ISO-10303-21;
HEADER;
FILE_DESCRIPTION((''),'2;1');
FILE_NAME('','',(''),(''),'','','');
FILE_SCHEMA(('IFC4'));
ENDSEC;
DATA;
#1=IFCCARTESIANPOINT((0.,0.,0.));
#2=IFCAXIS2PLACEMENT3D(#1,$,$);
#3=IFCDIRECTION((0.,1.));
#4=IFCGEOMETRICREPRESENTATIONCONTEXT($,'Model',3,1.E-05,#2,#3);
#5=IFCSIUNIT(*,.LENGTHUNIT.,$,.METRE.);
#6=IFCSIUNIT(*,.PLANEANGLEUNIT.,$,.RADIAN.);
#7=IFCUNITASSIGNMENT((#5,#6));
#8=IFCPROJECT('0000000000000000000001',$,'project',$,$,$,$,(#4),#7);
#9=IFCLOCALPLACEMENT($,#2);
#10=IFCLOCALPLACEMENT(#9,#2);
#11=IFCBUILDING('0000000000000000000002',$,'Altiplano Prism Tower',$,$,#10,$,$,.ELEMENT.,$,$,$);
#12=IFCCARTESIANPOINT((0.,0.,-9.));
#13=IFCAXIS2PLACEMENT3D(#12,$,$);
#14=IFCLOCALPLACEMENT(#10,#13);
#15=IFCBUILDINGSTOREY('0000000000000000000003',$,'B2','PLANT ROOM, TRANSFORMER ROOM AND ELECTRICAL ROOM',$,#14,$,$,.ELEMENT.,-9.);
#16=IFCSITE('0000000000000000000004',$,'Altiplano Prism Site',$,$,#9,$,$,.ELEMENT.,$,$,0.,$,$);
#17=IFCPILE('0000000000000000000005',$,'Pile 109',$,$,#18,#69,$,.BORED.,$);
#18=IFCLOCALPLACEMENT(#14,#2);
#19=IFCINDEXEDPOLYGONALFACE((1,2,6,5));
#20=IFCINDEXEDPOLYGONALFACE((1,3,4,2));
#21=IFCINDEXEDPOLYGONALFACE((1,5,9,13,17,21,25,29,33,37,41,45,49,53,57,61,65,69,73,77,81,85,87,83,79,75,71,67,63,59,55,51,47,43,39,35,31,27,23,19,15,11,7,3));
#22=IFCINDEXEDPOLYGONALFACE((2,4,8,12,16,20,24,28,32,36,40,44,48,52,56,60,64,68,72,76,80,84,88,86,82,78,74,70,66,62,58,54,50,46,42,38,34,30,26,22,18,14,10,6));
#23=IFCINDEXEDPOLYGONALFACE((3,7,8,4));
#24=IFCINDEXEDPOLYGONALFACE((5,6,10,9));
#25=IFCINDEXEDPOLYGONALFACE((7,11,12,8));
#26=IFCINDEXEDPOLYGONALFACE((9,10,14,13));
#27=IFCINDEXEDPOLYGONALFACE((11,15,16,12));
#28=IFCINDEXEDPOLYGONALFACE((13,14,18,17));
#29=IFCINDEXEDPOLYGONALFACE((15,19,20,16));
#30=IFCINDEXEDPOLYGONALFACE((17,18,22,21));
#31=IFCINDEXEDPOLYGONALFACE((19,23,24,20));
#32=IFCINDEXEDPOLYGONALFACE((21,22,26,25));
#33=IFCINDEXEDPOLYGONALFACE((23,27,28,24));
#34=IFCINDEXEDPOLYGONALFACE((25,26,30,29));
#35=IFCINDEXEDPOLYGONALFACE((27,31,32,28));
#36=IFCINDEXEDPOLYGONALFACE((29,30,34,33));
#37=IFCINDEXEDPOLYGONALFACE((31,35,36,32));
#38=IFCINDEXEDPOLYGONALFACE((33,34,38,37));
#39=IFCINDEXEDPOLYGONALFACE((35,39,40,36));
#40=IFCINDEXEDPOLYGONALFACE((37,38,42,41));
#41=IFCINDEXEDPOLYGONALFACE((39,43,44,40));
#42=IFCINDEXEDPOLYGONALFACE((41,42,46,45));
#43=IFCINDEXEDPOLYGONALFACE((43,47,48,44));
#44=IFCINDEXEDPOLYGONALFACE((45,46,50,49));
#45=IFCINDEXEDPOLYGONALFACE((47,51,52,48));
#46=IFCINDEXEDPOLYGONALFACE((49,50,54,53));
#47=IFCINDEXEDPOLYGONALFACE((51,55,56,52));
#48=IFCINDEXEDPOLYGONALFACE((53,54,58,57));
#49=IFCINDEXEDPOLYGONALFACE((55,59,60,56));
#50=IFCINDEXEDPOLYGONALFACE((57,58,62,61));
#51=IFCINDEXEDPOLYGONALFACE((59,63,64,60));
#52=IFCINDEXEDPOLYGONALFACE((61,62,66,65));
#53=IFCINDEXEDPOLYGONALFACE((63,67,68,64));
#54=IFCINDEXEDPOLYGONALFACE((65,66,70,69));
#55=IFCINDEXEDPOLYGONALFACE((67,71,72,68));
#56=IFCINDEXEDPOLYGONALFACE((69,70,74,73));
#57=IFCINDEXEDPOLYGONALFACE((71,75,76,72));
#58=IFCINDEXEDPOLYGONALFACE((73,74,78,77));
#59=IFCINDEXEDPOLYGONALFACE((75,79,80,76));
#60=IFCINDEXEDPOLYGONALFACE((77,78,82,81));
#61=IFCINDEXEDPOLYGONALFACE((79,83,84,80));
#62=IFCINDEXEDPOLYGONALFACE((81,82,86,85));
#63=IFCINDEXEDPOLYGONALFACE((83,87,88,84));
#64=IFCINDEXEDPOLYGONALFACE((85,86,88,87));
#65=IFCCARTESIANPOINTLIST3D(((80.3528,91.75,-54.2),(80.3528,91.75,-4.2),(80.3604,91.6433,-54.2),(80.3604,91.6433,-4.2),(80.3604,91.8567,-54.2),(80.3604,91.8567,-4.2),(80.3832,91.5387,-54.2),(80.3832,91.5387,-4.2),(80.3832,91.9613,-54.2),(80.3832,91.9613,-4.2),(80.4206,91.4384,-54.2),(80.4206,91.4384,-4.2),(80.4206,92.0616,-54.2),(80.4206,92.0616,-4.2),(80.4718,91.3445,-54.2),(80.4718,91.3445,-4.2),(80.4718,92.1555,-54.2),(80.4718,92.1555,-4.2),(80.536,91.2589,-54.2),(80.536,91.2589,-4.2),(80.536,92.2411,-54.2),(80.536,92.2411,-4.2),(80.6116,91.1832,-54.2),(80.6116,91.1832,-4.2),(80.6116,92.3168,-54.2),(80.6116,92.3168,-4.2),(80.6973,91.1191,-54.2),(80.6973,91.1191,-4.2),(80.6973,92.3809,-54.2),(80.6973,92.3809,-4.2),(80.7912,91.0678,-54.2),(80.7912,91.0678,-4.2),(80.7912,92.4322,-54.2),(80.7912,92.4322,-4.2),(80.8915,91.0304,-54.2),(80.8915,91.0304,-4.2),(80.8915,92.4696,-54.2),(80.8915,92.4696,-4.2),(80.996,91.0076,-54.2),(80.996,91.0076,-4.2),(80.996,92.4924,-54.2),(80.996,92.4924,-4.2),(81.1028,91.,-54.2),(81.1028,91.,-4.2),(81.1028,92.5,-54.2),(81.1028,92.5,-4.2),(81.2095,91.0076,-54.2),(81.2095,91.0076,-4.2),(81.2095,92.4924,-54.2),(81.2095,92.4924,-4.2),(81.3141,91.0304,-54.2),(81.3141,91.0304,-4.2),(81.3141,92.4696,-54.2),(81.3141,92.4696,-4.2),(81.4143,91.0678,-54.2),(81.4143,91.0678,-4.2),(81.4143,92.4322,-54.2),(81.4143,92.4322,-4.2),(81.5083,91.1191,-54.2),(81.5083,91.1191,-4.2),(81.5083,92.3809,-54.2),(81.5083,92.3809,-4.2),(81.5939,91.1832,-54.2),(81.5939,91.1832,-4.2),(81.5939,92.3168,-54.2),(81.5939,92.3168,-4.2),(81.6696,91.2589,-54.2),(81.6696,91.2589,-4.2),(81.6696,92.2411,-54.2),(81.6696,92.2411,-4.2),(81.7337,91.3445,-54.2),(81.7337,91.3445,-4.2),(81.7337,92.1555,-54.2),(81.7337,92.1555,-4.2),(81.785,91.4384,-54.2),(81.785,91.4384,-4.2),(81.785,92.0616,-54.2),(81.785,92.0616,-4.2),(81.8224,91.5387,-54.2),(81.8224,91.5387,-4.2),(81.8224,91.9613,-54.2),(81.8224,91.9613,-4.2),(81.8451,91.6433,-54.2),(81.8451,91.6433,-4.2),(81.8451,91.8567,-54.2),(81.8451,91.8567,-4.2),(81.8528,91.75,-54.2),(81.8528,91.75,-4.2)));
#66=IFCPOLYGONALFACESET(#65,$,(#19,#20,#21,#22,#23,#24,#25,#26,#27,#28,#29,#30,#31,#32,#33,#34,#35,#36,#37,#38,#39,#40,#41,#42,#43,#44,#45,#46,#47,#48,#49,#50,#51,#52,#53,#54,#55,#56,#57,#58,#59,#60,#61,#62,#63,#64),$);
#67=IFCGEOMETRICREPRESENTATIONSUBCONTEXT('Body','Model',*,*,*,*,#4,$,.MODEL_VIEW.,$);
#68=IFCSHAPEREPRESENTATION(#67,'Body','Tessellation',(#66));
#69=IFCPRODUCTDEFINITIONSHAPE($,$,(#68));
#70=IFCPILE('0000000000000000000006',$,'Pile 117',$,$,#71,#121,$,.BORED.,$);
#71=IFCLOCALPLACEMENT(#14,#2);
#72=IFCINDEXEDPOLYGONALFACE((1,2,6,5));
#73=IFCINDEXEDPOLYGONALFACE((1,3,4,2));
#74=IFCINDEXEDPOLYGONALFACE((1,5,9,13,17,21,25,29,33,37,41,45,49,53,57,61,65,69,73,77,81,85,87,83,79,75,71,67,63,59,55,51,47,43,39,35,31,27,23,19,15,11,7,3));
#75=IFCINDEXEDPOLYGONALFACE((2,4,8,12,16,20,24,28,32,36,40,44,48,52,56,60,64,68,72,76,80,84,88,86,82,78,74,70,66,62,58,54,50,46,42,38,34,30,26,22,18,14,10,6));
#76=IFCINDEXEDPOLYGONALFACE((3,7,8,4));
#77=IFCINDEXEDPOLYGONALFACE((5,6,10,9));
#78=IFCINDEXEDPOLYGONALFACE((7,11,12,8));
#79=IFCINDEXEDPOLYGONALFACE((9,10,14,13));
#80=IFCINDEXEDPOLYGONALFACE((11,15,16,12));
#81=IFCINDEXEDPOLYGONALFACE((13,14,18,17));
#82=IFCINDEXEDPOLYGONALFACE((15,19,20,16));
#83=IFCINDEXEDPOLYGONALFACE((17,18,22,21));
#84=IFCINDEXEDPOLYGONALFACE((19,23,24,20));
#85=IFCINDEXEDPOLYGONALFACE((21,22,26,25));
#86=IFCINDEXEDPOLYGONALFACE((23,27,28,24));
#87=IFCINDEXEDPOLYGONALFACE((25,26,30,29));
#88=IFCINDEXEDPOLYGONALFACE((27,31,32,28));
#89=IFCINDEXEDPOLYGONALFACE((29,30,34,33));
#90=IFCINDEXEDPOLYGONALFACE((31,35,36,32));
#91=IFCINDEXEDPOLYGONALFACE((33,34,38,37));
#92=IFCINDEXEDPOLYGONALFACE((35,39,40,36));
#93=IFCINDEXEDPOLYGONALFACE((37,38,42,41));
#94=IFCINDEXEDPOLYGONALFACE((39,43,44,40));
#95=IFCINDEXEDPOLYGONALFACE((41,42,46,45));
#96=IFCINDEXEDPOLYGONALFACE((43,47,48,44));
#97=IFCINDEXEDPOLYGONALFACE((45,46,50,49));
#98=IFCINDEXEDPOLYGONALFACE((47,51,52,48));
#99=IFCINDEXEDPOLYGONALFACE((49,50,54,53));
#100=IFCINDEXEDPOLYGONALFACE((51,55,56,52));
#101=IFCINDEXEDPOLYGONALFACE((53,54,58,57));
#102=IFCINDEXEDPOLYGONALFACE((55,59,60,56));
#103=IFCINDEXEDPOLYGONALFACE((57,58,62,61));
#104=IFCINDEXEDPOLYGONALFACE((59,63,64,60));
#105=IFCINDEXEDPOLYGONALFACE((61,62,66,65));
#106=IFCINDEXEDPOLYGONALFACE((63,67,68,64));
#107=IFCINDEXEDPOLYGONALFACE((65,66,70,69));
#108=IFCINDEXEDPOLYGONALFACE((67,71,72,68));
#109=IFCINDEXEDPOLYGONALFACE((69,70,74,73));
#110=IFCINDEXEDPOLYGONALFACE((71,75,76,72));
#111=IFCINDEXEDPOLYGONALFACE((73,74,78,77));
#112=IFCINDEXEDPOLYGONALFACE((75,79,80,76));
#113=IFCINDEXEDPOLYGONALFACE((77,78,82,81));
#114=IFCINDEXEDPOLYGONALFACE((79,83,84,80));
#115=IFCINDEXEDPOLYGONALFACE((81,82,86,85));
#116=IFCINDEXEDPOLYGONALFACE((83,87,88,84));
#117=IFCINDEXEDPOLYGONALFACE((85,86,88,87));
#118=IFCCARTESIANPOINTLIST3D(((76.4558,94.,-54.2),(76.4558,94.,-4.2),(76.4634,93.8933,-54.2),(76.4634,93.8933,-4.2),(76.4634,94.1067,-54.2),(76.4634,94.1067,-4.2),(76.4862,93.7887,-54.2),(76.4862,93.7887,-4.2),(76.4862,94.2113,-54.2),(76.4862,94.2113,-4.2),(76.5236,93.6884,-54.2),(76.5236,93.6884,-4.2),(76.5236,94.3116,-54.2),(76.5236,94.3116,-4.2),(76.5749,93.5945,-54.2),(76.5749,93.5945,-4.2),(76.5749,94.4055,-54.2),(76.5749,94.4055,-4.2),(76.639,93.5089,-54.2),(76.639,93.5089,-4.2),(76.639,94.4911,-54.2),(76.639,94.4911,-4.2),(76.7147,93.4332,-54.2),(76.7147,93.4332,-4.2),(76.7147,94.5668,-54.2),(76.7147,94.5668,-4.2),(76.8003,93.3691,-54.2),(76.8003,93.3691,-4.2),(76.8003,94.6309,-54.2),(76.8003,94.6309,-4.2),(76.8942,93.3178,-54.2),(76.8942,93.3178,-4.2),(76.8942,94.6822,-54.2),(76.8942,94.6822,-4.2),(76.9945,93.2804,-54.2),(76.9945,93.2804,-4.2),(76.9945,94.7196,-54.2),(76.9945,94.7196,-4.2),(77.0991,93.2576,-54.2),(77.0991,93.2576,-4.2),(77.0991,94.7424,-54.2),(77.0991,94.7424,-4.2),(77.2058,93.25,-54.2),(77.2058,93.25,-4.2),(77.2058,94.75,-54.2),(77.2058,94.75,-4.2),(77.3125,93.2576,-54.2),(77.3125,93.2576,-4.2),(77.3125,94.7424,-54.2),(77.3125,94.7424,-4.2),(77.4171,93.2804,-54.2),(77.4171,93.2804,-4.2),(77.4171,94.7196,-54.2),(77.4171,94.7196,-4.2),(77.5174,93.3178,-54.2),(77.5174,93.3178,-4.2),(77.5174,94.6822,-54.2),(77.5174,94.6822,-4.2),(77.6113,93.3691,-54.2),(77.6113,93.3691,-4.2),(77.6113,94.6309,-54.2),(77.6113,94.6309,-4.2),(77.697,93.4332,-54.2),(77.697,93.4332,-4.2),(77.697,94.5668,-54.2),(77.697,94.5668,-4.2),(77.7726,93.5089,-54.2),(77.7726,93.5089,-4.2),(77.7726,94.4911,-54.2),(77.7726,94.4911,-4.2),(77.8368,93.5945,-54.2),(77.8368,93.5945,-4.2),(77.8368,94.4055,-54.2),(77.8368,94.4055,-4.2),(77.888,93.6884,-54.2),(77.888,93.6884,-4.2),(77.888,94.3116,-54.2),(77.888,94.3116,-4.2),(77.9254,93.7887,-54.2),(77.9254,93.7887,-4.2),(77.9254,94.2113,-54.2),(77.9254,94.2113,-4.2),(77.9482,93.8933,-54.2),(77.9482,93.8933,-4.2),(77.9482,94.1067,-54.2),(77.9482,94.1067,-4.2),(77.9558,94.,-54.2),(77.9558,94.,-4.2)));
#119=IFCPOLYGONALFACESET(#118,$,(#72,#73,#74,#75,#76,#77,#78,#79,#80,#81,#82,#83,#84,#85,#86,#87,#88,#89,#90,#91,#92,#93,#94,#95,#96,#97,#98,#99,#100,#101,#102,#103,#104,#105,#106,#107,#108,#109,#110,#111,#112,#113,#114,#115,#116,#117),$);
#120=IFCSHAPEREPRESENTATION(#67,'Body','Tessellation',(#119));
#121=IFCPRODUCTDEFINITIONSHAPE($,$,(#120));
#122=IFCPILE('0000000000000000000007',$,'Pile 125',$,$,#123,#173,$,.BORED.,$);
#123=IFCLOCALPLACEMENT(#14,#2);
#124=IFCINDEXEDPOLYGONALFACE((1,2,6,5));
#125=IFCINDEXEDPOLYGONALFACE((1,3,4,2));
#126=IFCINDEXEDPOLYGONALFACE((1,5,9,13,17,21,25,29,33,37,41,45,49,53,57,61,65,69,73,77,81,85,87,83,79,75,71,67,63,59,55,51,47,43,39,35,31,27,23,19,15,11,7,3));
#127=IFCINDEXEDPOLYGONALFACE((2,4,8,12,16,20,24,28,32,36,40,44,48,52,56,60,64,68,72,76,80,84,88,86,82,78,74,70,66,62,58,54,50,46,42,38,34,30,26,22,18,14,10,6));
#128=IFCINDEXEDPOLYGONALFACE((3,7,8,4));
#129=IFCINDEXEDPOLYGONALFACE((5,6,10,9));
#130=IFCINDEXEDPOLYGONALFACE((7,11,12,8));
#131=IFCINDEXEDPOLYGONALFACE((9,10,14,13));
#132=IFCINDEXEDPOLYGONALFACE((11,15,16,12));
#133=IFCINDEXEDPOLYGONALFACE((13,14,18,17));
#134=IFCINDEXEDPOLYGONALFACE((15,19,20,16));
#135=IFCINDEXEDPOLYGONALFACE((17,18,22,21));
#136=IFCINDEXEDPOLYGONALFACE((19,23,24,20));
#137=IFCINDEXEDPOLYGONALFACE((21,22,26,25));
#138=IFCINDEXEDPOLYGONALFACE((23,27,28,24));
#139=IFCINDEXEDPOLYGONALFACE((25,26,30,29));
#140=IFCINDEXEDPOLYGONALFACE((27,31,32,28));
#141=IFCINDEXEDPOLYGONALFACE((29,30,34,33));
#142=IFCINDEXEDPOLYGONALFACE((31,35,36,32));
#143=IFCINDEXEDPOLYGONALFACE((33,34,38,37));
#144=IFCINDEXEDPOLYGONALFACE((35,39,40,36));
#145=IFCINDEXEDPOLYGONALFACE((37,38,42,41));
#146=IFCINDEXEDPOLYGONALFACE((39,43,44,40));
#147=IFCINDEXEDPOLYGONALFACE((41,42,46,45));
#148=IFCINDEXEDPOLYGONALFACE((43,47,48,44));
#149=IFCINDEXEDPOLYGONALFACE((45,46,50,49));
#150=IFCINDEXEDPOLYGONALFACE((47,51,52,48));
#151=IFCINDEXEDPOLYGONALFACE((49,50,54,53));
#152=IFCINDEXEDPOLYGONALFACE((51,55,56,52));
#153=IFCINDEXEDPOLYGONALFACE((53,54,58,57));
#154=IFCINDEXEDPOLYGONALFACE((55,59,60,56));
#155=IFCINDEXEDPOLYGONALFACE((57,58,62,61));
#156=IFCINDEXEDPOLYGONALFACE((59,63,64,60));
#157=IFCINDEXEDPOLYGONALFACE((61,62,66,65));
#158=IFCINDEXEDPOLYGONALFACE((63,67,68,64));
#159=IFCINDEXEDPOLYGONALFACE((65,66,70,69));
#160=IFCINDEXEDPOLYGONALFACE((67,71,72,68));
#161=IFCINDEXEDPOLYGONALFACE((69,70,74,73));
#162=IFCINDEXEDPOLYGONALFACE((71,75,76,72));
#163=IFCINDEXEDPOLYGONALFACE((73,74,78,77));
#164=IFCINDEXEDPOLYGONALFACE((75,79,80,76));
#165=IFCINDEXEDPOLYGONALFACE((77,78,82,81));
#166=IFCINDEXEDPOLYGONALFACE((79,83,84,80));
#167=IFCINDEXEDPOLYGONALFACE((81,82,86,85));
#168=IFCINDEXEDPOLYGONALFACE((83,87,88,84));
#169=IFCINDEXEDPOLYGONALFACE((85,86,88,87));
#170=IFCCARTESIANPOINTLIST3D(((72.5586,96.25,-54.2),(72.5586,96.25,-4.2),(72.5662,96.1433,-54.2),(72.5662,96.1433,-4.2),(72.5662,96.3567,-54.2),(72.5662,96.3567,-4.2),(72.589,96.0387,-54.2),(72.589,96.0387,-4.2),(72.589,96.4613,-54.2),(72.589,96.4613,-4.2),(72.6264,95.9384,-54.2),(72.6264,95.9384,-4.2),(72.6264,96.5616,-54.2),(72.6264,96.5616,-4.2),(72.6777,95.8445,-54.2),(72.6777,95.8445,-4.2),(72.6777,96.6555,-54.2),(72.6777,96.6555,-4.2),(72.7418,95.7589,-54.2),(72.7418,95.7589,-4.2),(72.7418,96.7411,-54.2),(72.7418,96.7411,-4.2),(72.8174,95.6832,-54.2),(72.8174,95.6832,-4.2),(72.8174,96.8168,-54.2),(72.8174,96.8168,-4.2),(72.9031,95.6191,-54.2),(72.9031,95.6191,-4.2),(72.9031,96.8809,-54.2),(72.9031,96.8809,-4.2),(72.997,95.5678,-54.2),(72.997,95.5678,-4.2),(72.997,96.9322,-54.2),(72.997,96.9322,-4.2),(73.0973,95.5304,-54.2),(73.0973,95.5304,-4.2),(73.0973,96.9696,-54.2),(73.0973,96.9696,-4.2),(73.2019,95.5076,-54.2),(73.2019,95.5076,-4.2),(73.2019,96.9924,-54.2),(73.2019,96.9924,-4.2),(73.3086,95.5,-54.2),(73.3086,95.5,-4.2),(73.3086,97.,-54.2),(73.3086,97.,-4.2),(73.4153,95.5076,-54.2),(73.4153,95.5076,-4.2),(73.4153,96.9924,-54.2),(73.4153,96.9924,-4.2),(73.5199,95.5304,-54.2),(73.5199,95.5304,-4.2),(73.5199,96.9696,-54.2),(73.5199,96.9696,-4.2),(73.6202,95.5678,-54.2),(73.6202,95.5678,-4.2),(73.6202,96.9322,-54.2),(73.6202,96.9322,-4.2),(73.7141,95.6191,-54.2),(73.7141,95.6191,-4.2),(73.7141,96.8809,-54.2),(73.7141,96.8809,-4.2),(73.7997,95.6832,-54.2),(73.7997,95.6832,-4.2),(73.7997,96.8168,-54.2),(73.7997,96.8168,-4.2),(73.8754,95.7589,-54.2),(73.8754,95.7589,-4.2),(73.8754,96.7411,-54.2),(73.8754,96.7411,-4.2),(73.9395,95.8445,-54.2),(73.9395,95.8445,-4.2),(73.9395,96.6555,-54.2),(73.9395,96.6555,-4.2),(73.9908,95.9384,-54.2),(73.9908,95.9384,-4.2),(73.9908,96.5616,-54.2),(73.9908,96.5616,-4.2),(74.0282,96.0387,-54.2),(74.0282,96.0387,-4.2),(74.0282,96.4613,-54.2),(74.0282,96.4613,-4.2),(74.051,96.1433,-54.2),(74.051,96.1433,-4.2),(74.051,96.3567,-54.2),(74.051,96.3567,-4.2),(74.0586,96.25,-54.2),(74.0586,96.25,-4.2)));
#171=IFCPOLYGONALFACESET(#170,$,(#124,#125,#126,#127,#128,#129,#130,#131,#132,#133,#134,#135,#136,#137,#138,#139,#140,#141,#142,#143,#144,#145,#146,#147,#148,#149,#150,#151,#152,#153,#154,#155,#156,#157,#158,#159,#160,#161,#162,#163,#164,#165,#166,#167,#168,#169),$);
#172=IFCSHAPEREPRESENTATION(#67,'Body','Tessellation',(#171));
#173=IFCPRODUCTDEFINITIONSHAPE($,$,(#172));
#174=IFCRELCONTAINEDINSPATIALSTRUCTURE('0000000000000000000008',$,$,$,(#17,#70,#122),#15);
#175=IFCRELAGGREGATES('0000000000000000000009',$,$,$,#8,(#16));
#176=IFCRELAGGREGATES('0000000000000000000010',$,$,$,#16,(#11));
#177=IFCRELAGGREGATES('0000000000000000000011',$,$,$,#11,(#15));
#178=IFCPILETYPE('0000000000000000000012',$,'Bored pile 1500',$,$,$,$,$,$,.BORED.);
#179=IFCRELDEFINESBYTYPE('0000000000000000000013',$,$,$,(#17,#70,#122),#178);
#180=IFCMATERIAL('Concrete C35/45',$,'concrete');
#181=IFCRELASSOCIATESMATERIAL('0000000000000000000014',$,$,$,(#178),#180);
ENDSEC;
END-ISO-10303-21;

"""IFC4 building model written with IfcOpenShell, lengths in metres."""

from ifc_helpers import new_model, si_unit, direction, frame, origin, origin_2d, place, context, subcontext, project, spatial, circle, extrude, material, material_profile, profile_set, type_object, element, save


model = new_model("IFC4")

# Units and contexts
model_context = context("Model", 3, precision=1e-05, world=origin(), true_north=direction((0.0, 1.0)))
body_context = subcontext(model_context, "Body", "Model", "MODEL_VIEW")
ifc_project = project(units=[si_unit("LENGTHUNIT", "METRE"), si_unit("PLANEANGLEUNIT", "RADIAN")], contexts=[model_context])

# Site, building, storey
site_placement = place(None, origin())
site = spatial("IfcSite", under=ifc_project, at=site_placement, Name="Altiplano Prism Site", CompositionType="ELEMENT", RefElevation=0.0)
building_placement = place(site_placement, origin())
building = spatial("IfcBuilding", under=site, at=building_placement, Name="Altiplano Prism Tower", CompositionType="ELEMENT")
storey_placement = place(building_placement, frame((0.0, 0.0, -9.0)))
storey = spatial("IfcBuildingStorey", under=building, at=storey_placement, Name="B2", Description="PLANT ROOM, TRANSFORMER ROOM AND ELECTRICAL ROOM", CompositionType="ELEMENT", Elevation=-9.0)

# Piles
ifc_material_1 = material(Name="Concrete C35/45", Category="concrete")
ifc_material_profile = material_profile(ifc_material_1, circle(Radius=0.75, at=origin_2d()), Name="Bored pile 1500")
ifc_profile_set = profile_set([ifc_material_profile], Name="Concrete C35/45")
pile_type = type_object("IfcPileType", Name="Bored pile 1500", PredefinedType="BORED", material=ifc_profile_set)
for number, where, z_axis, x_axis, name in (
    (1, (81.1028, 91.75, -4.2), (0.0, 0.0, -1.0), (1.0, 0.0, 0.0), "Pile 109"),
    (2, (77.2058, 94.0, -4.2), (0.0, 0.0, -1.0), (1.0, 0.0, 0.0), "Pile 117"),
    (3, (73.3086, 96.25, -4.2), (0.0, 0.0, -1.0), (1.0, 0.0, 0.0), "Pile 125"),
):
    element("IfcPile", number, at=place(storey_placement, frame(where, z_axis=z_axis, x_axis=x_axis)), inside=storey, type_object=pile_type, Name=name, PredefinedType="BORED", context=body_context, shape_type="SweptSolid", body=[
        extrude(circle(Radius=0.75, at=origin_2d()), origin(), (0.0, 0.0, 1.0), 50.0),
    ])

save(model, "model.ifc")
